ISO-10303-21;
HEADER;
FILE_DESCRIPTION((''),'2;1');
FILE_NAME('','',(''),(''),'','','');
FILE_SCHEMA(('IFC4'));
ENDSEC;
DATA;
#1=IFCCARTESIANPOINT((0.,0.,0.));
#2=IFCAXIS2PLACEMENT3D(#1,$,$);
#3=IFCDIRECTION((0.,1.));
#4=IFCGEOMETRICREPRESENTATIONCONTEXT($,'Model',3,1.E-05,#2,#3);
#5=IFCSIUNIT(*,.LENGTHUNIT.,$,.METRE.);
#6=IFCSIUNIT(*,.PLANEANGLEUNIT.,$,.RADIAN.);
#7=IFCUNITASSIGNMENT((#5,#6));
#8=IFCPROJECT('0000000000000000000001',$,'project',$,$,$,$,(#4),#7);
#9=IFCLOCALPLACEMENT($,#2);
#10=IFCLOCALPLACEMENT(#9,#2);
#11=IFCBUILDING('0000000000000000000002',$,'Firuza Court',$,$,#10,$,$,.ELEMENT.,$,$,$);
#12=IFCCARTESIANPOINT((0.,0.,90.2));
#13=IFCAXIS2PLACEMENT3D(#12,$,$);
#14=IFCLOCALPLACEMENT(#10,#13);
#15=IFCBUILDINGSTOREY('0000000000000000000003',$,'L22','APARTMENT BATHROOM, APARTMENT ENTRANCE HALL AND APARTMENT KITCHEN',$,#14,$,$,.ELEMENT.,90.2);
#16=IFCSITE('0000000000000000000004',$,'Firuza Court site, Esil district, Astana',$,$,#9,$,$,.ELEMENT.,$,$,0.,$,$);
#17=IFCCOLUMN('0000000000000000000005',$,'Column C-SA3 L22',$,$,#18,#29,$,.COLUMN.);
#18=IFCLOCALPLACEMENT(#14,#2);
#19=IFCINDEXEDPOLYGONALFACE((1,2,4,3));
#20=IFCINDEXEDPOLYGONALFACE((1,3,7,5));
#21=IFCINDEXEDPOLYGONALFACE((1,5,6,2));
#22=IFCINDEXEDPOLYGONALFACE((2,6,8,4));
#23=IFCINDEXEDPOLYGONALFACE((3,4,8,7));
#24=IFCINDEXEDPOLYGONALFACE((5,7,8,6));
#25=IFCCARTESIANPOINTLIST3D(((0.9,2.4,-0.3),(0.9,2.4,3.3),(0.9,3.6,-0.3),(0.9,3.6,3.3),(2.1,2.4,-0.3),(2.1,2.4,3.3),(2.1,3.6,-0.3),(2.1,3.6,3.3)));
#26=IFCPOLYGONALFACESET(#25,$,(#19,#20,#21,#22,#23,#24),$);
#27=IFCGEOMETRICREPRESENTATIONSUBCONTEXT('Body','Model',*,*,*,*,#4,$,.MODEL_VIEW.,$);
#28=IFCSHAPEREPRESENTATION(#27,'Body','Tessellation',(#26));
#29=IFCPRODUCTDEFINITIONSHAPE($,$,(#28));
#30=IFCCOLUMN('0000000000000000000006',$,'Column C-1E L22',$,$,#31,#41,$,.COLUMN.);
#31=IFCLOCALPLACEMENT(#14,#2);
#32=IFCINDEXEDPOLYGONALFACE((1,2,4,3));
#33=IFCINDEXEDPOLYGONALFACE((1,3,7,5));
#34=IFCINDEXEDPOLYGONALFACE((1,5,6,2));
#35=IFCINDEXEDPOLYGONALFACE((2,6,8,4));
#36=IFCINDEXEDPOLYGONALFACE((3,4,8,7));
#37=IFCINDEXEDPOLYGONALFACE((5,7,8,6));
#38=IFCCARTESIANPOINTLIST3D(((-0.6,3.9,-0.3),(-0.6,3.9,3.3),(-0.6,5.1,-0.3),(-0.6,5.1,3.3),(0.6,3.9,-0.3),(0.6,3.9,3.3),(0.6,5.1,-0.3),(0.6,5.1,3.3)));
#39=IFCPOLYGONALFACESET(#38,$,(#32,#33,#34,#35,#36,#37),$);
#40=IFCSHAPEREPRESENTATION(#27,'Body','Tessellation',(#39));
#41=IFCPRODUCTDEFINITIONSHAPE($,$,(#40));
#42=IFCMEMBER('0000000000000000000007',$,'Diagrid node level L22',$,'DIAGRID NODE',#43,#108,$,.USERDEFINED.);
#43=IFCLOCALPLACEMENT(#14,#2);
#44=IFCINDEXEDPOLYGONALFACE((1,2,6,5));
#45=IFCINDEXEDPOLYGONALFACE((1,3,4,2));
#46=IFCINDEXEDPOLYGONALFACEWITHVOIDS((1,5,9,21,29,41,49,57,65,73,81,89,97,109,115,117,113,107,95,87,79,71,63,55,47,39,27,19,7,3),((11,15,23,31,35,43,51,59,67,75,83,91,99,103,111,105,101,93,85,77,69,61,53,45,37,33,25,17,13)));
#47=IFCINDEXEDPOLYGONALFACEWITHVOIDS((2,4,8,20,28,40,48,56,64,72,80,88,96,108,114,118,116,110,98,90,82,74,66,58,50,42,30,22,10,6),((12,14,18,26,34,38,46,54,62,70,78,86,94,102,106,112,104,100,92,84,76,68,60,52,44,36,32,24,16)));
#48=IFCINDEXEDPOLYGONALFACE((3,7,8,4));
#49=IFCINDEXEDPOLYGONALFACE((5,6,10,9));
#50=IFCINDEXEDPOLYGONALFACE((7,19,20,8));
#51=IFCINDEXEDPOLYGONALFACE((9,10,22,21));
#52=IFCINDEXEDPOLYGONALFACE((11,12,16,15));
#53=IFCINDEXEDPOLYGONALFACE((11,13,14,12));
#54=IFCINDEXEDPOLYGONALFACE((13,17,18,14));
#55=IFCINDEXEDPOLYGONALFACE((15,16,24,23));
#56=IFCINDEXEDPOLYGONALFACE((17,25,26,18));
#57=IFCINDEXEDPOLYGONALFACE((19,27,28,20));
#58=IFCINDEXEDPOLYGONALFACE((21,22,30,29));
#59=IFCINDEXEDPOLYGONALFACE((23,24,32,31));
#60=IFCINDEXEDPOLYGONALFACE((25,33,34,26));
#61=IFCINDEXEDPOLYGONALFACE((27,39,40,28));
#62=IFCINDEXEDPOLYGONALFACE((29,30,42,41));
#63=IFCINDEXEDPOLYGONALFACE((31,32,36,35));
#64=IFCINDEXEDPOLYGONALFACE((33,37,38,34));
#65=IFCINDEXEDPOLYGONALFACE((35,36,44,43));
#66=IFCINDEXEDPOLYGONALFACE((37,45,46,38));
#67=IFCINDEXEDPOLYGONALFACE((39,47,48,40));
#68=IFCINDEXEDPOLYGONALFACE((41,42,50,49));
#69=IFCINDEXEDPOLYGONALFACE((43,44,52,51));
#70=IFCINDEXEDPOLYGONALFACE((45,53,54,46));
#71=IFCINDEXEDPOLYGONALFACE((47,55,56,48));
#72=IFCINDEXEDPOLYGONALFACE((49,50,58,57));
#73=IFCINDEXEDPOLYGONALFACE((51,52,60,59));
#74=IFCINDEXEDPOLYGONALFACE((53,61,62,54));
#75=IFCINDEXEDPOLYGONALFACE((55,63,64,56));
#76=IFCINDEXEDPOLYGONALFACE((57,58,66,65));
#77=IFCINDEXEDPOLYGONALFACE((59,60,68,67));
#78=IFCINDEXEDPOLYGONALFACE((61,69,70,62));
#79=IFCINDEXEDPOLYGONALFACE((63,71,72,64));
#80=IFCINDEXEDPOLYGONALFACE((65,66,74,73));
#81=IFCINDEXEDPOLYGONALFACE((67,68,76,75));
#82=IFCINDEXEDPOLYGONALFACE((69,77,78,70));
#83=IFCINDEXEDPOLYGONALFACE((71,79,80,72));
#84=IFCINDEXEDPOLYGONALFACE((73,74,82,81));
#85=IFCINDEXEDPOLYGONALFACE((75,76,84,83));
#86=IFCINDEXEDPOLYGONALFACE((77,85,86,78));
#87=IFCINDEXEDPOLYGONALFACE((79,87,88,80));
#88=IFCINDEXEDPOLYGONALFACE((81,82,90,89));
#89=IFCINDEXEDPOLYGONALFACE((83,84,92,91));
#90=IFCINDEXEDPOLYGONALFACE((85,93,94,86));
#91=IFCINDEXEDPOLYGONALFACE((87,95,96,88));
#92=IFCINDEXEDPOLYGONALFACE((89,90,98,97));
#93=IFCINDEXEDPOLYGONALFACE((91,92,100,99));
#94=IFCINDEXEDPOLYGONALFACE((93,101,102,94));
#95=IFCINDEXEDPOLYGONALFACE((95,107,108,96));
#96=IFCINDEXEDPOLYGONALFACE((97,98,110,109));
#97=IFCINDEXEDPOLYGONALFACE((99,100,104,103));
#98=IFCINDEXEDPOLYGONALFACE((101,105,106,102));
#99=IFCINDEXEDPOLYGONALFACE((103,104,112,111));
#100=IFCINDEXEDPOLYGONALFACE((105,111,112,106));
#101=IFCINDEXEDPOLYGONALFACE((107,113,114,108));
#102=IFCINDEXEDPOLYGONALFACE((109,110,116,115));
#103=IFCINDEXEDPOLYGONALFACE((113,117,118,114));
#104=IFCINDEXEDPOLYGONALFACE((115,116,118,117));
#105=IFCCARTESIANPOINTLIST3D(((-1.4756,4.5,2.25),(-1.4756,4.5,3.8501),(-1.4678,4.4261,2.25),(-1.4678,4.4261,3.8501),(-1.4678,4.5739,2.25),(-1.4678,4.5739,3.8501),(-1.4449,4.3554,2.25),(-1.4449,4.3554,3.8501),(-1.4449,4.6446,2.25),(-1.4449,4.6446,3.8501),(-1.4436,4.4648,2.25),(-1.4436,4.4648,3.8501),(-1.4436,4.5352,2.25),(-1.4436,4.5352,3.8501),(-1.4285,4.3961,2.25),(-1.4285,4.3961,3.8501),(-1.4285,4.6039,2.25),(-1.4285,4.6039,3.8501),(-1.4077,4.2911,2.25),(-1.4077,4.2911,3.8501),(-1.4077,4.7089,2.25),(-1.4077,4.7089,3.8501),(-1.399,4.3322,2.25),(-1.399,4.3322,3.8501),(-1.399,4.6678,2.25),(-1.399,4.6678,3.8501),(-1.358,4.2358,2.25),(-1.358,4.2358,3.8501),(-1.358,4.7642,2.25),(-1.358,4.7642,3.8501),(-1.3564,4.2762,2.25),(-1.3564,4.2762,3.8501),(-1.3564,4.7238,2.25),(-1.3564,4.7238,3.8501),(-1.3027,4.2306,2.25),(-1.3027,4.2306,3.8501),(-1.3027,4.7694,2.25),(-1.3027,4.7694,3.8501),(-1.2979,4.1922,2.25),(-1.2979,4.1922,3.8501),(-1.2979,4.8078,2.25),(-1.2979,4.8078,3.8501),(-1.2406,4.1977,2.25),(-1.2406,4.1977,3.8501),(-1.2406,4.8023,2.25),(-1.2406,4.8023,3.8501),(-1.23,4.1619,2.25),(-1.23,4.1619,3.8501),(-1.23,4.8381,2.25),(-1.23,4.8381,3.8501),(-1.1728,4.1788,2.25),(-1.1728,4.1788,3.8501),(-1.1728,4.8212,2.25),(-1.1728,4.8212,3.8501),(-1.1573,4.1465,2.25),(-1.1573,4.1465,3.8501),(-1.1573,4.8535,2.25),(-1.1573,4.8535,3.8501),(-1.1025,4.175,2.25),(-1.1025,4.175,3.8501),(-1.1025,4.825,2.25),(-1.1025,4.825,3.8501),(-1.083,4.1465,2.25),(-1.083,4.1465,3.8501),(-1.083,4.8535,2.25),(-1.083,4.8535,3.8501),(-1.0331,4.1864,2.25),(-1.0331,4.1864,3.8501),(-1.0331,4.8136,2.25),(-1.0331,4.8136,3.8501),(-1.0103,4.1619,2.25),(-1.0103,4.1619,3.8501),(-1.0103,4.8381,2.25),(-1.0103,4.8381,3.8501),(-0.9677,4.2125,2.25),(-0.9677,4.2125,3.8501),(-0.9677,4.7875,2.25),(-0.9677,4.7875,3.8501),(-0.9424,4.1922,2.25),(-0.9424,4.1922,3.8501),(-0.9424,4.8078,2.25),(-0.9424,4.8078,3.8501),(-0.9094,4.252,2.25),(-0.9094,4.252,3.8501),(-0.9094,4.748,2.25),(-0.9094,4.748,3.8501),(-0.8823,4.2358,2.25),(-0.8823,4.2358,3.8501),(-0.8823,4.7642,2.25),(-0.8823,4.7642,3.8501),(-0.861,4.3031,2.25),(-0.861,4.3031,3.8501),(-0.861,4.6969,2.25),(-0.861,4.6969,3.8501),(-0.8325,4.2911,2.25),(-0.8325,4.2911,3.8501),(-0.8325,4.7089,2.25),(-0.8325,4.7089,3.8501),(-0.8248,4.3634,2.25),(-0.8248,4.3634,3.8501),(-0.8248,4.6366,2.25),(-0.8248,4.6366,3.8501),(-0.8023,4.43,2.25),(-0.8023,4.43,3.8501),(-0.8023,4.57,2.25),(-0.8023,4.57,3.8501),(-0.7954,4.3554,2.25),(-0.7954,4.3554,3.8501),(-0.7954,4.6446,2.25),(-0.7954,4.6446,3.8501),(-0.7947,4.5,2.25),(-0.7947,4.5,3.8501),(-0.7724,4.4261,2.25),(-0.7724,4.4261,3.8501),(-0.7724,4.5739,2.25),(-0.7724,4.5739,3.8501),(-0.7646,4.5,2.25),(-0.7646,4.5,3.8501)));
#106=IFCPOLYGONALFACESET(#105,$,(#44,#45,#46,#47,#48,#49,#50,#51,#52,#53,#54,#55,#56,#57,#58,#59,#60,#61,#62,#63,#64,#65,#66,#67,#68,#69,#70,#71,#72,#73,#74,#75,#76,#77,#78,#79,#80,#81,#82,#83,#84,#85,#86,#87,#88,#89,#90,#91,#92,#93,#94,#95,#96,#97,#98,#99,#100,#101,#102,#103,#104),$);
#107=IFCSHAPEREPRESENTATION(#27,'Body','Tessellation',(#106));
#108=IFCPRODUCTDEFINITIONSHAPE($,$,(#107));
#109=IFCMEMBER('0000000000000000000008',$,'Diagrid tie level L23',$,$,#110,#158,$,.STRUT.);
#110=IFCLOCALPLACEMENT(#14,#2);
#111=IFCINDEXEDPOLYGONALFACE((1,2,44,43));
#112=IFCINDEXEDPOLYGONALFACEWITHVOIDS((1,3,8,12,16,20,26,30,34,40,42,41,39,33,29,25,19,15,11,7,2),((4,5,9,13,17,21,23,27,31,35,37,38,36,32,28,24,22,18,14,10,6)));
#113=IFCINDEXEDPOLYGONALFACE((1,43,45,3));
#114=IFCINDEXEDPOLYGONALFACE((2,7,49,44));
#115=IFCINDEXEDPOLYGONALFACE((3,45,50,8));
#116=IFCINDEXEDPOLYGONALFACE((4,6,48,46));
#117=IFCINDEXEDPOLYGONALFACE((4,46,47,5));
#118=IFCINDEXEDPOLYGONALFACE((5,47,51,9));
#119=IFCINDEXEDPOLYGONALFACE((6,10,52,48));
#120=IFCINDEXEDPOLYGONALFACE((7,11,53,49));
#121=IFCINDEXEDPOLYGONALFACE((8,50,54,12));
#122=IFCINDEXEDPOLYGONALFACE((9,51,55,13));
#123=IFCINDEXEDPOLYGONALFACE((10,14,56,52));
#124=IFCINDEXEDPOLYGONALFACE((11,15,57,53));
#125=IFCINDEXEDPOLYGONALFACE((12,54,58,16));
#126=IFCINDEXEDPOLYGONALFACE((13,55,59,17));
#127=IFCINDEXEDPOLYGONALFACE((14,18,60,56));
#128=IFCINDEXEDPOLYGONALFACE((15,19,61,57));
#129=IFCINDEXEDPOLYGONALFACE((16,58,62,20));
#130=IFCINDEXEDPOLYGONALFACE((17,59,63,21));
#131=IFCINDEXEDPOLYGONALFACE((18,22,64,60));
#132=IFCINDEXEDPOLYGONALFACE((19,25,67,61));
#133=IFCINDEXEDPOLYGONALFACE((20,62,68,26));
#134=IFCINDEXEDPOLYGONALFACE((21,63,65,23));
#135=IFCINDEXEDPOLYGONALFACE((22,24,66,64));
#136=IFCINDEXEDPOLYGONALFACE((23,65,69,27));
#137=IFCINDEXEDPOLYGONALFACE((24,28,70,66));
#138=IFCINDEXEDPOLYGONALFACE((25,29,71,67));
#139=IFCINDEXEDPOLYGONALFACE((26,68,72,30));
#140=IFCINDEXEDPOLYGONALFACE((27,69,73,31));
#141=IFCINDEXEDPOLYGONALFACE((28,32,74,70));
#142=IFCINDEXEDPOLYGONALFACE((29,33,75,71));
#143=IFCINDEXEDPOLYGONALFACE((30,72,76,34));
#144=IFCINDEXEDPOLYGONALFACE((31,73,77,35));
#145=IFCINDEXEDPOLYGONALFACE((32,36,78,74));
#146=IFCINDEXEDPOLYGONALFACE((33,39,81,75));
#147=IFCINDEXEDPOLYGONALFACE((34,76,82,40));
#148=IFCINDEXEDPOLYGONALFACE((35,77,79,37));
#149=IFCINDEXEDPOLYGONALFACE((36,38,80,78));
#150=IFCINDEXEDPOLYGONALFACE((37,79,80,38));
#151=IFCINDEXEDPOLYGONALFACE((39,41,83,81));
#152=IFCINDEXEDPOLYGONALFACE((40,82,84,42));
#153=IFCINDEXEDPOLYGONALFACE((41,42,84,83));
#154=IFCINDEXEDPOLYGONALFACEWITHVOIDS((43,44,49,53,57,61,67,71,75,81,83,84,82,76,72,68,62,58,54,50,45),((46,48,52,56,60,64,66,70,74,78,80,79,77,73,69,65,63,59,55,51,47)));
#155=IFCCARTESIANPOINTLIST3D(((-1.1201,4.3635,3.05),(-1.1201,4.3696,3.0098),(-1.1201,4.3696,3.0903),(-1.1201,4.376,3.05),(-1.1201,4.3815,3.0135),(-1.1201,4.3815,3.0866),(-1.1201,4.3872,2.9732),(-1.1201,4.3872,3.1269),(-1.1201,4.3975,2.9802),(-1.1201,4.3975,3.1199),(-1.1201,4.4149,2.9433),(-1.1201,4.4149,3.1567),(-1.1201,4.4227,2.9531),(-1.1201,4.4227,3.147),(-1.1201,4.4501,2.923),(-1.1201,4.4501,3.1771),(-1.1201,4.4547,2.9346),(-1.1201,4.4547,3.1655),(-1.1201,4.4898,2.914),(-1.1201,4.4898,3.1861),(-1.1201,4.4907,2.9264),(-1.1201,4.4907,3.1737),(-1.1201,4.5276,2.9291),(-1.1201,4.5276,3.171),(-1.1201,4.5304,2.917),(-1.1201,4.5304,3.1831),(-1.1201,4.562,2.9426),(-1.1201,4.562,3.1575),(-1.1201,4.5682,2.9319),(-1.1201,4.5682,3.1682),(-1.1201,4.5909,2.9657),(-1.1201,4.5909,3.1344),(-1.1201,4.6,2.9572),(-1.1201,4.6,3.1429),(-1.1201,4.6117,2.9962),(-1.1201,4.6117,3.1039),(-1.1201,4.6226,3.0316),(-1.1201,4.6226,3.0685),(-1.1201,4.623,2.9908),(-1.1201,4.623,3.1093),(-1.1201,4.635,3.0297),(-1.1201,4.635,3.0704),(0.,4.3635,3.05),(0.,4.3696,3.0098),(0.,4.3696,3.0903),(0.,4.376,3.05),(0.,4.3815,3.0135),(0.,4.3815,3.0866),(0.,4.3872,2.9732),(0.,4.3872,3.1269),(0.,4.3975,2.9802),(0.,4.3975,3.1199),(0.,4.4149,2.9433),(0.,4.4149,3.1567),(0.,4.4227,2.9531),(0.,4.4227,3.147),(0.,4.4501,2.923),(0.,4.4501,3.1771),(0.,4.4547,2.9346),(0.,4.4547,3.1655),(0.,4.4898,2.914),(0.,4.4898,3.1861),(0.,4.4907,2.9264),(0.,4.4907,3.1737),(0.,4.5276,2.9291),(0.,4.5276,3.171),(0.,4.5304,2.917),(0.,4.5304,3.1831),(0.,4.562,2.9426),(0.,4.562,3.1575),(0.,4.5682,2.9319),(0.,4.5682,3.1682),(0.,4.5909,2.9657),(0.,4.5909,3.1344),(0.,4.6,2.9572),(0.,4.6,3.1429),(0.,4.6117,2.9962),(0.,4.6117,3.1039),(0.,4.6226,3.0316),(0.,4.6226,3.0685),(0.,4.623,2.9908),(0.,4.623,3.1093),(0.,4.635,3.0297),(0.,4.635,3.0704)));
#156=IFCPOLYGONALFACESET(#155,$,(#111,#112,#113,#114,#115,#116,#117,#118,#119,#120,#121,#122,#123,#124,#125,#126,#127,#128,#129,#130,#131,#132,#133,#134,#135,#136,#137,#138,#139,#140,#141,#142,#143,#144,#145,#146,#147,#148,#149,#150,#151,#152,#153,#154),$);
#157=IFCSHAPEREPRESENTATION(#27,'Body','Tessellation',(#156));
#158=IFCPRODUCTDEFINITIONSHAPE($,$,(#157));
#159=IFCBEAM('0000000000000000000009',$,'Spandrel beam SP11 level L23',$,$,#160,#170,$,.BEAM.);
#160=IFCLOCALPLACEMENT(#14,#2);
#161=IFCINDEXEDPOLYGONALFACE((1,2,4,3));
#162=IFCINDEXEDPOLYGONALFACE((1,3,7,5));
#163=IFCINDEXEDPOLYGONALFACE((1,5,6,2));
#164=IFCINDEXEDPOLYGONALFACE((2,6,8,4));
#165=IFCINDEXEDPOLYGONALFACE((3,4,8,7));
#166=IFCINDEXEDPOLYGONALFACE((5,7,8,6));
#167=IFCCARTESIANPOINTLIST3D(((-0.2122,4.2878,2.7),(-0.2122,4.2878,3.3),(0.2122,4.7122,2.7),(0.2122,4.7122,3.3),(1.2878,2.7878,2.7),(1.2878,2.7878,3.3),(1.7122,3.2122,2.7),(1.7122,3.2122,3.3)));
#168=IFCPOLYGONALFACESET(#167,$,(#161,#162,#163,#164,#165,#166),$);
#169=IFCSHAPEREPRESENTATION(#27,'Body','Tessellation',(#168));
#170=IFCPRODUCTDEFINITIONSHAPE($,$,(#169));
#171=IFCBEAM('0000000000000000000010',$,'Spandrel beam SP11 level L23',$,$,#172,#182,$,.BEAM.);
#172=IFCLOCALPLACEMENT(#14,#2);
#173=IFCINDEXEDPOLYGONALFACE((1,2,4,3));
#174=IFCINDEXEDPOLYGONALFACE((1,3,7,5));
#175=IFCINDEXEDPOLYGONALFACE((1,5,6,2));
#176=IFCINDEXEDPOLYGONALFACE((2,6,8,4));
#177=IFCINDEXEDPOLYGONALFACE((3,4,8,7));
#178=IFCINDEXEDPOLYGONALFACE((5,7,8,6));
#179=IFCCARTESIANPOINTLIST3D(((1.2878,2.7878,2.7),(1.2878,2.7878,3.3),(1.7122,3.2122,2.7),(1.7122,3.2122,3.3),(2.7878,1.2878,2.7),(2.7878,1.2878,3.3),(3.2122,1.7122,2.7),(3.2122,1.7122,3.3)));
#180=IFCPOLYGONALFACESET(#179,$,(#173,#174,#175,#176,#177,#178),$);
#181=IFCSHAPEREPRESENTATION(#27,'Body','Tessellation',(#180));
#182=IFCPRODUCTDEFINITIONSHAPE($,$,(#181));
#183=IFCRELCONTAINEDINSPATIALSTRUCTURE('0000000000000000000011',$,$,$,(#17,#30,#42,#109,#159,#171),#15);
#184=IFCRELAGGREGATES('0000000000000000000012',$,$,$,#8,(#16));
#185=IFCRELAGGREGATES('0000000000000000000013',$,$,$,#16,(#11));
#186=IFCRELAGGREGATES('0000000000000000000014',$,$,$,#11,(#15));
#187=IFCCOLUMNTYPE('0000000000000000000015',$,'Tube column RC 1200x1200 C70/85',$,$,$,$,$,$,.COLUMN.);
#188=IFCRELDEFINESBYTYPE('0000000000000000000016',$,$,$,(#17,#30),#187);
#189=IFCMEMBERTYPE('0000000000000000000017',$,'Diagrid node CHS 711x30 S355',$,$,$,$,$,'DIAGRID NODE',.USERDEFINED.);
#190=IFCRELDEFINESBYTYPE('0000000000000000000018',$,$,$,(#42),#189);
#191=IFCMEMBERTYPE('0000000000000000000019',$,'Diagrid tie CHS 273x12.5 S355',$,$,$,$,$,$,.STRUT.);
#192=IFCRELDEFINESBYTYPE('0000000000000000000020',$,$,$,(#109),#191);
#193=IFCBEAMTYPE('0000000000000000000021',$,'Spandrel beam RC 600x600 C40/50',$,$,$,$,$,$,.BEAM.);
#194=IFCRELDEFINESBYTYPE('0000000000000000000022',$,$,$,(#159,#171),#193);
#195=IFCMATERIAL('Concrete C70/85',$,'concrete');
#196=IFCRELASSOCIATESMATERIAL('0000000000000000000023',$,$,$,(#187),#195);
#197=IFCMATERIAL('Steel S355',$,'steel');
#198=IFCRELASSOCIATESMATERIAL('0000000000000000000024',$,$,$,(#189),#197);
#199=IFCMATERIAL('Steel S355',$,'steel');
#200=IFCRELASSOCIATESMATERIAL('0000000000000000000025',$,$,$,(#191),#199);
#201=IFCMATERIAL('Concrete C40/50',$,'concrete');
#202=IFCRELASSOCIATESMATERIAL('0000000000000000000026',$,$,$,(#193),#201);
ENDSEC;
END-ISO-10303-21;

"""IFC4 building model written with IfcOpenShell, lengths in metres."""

from ifc_helpers import new_model, si_unit, direction, frame, origin, origin_2d, place, context, subcontext, project, spatial, rectangle, hollow_circle, extrude, material, material_profile, profile_set, type_object, element, save


model = new_model("IFC4")

# Units and contexts
model_context = context("Model", 3, precision=1e-05, world=origin(), true_north=direction((0.0, 1.0)))
body_context = subcontext(model_context, "Body", "Model", "MODEL_VIEW")
ifc_project = project(units=[si_unit("LENGTHUNIT", "METRE"), si_unit("PLANEANGLEUNIT", "RADIAN")], contexts=[model_context])

# Site, building, storey
site_placement = place(None, origin())
site = spatial("IfcSite", under=ifc_project, at=site_placement, Name="Firuza Court site, Esil district, Astana", CompositionType="ELEMENT", RefElevation=0.0)
building_placement = place(site_placement, origin())
building = spatial("IfcBuilding", under=site, at=building_placement, Name="Firuza Court", CompositionType="ELEMENT")
storey_placement = place(building_placement, frame((0.0, 0.0, 90.2)))
storey = spatial("IfcBuildingStorey", under=building, at=storey_placement, Name="L22", Description="APARTMENT BATHROOM, APARTMENT ENTRANCE HALL AND APARTMENT KITCHEN", CompositionType="ELEMENT", Elevation=90.2)

# Columns
ifc_material_1 = material(Name="Concrete C70/85", Category="concrete")
ifc_material_profile_1 = material_profile(ifc_material_1, rectangle(XDim=1.2, YDim=1.2, at=origin_2d()), Name="RC 1200x1200")
ifc_profile_set_1 = profile_set([ifc_material_profile_1], Name="Concrete C70/85")
column_type = type_object("IfcColumnType", Name="Tube column RC 1200x1200 C70/85", PredefinedType="COLUMN", material=ifc_profile_set_1)
for number, where, z_axis, x_axis, name in (
    (1, (1.5, 3.0, -0.3), (0.0, 0.0, 1.0), (1.0, 0.0, 0.0), "Column C-SA3 L22"),
    (2, (0.0, 4.5, -0.3), (0.0, 0.0, 1.0), (1.0, 0.0, 0.0), "Column C-1E L22"),
):
    element("IfcColumn", number, at=place(storey_placement, frame(where, z_axis=z_axis, x_axis=x_axis)), inside=storey, type_object=column_type, Name=name, PredefinedType="COLUMN", context=body_context, shape_type="SweptSolid", body=[
        extrude(rectangle(XDim=1.2, YDim=1.2, at=origin_2d()), origin(), (0.0, 0.0, 1.0), 3.6001),
    ])

# Members
ifc_material_2 = material(Name="Steel S355", Category="steel")
ifc_material_profile_2 = material_profile(ifc_material_2, hollow_circle(Radius=0.3555, WallThickness=0.03, at=origin_2d()), Name="CHS 711x30")
ifc_profile_set_2 = profile_set([ifc_material_profile_2], Name="Steel S355")
member_type_1 = type_object("IfcMemberType", Name="Diagrid node CHS 711x30 S355", ElementType="DIAGRID NODE", PredefinedType="USERDEFINED", material=ifc_profile_set_2)
member_1_placement = place(storey_placement, frame((-1.1201, 4.5, 2.25), z_axis=(0.0, 0.0, 1.0), x_axis=(1.0, 0.0, 0.0)))
element("IfcMember", 3, at=member_1_placement, inside=storey, type_object=member_type_1, Name="Diagrid node level L22", ObjectType="DIAGRID NODE", PredefinedType="USERDEFINED", context=body_context, shape_type="SweptSolid", body=[
    extrude(hollow_circle(Radius=0.3555, WallThickness=0.03, at=origin_2d()), origin(), (0.0, 0.0, 1.0), 1.6001),
])
ifc_material_3 = material(Name="Steel S355", Category="steel")
ifc_material_profile_3 = material_profile(ifc_material_3, hollow_circle(Radius=0.1365, WallThickness=0.0125, at=origin_2d()), Name="CHS 273x12.5")
ifc_profile_set_3 = profile_set([ifc_material_profile_3], Name="Steel S355")
member_type_2 = type_object("IfcMemberType", Name="Diagrid tie CHS 273x12.5 S355", PredefinedType="STRUT", material=ifc_profile_set_3)
member_2_placement = place(storey_placement, frame((0.0, 4.5, 3.05), z_axis=(-1.0, 0.0, 0.0), x_axis=(0.0, -1.0, 0.0)))
element("IfcMember", 4, at=member_2_placement, inside=storey, type_object=member_type_2, Name="Diagrid tie level L23", PredefinedType="STRUT", context=body_context, shape_type="SweptSolid", body=[
    extrude(hollow_circle(Radius=0.1365, WallThickness=0.0125, at=origin_2d()), origin(), (0.0, 0.0, 1.0), 1.1201),
])

# Beams
ifc_material_4 = material(Name="Concrete C40/50", Category="concrete")
ifc_material_profile_4 = material_profile(ifc_material_4, rectangle(XDim=0.6001, YDim=0.6001, at=origin_2d()), Name="RC 600x600")
ifc_profile_set_4 = profile_set([ifc_material_profile_4], Name="Concrete C40/50")
beam_type = type_object("IfcBeamType", Name="Spandrel beam RC 600x600 C40/50", PredefinedType="BEAM", material=ifc_profile_set_4)
for number, where, z_axis, x_axis, name in (
    (5, (0.0, 4.5, 3.0), (0.707107, -0.707107, 0.0), (0.707107, 0.707107, 0.0), "Spandrel beam SP11 level L23"),
    (6, (1.5, 3.0, 3.0), (0.707107, -0.707107, 0.0), (0.707107, 0.707107, 0.0), "Spandrel beam SP11 level L23"),
):
    element("IfcBeam", number, at=place(storey_placement, frame(where, z_axis=z_axis, x_axis=x_axis)), inside=storey, type_object=beam_type, Name=name, PredefinedType="BEAM", context=body_context, shape_type="SweptSolid", body=[
        extrude(rectangle(XDim=0.6001, YDim=0.6001, at=origin_2d()), origin(), (0.0, 0.0, 1.0), 2.1213),
    ])

save(model, "model.ifc")
